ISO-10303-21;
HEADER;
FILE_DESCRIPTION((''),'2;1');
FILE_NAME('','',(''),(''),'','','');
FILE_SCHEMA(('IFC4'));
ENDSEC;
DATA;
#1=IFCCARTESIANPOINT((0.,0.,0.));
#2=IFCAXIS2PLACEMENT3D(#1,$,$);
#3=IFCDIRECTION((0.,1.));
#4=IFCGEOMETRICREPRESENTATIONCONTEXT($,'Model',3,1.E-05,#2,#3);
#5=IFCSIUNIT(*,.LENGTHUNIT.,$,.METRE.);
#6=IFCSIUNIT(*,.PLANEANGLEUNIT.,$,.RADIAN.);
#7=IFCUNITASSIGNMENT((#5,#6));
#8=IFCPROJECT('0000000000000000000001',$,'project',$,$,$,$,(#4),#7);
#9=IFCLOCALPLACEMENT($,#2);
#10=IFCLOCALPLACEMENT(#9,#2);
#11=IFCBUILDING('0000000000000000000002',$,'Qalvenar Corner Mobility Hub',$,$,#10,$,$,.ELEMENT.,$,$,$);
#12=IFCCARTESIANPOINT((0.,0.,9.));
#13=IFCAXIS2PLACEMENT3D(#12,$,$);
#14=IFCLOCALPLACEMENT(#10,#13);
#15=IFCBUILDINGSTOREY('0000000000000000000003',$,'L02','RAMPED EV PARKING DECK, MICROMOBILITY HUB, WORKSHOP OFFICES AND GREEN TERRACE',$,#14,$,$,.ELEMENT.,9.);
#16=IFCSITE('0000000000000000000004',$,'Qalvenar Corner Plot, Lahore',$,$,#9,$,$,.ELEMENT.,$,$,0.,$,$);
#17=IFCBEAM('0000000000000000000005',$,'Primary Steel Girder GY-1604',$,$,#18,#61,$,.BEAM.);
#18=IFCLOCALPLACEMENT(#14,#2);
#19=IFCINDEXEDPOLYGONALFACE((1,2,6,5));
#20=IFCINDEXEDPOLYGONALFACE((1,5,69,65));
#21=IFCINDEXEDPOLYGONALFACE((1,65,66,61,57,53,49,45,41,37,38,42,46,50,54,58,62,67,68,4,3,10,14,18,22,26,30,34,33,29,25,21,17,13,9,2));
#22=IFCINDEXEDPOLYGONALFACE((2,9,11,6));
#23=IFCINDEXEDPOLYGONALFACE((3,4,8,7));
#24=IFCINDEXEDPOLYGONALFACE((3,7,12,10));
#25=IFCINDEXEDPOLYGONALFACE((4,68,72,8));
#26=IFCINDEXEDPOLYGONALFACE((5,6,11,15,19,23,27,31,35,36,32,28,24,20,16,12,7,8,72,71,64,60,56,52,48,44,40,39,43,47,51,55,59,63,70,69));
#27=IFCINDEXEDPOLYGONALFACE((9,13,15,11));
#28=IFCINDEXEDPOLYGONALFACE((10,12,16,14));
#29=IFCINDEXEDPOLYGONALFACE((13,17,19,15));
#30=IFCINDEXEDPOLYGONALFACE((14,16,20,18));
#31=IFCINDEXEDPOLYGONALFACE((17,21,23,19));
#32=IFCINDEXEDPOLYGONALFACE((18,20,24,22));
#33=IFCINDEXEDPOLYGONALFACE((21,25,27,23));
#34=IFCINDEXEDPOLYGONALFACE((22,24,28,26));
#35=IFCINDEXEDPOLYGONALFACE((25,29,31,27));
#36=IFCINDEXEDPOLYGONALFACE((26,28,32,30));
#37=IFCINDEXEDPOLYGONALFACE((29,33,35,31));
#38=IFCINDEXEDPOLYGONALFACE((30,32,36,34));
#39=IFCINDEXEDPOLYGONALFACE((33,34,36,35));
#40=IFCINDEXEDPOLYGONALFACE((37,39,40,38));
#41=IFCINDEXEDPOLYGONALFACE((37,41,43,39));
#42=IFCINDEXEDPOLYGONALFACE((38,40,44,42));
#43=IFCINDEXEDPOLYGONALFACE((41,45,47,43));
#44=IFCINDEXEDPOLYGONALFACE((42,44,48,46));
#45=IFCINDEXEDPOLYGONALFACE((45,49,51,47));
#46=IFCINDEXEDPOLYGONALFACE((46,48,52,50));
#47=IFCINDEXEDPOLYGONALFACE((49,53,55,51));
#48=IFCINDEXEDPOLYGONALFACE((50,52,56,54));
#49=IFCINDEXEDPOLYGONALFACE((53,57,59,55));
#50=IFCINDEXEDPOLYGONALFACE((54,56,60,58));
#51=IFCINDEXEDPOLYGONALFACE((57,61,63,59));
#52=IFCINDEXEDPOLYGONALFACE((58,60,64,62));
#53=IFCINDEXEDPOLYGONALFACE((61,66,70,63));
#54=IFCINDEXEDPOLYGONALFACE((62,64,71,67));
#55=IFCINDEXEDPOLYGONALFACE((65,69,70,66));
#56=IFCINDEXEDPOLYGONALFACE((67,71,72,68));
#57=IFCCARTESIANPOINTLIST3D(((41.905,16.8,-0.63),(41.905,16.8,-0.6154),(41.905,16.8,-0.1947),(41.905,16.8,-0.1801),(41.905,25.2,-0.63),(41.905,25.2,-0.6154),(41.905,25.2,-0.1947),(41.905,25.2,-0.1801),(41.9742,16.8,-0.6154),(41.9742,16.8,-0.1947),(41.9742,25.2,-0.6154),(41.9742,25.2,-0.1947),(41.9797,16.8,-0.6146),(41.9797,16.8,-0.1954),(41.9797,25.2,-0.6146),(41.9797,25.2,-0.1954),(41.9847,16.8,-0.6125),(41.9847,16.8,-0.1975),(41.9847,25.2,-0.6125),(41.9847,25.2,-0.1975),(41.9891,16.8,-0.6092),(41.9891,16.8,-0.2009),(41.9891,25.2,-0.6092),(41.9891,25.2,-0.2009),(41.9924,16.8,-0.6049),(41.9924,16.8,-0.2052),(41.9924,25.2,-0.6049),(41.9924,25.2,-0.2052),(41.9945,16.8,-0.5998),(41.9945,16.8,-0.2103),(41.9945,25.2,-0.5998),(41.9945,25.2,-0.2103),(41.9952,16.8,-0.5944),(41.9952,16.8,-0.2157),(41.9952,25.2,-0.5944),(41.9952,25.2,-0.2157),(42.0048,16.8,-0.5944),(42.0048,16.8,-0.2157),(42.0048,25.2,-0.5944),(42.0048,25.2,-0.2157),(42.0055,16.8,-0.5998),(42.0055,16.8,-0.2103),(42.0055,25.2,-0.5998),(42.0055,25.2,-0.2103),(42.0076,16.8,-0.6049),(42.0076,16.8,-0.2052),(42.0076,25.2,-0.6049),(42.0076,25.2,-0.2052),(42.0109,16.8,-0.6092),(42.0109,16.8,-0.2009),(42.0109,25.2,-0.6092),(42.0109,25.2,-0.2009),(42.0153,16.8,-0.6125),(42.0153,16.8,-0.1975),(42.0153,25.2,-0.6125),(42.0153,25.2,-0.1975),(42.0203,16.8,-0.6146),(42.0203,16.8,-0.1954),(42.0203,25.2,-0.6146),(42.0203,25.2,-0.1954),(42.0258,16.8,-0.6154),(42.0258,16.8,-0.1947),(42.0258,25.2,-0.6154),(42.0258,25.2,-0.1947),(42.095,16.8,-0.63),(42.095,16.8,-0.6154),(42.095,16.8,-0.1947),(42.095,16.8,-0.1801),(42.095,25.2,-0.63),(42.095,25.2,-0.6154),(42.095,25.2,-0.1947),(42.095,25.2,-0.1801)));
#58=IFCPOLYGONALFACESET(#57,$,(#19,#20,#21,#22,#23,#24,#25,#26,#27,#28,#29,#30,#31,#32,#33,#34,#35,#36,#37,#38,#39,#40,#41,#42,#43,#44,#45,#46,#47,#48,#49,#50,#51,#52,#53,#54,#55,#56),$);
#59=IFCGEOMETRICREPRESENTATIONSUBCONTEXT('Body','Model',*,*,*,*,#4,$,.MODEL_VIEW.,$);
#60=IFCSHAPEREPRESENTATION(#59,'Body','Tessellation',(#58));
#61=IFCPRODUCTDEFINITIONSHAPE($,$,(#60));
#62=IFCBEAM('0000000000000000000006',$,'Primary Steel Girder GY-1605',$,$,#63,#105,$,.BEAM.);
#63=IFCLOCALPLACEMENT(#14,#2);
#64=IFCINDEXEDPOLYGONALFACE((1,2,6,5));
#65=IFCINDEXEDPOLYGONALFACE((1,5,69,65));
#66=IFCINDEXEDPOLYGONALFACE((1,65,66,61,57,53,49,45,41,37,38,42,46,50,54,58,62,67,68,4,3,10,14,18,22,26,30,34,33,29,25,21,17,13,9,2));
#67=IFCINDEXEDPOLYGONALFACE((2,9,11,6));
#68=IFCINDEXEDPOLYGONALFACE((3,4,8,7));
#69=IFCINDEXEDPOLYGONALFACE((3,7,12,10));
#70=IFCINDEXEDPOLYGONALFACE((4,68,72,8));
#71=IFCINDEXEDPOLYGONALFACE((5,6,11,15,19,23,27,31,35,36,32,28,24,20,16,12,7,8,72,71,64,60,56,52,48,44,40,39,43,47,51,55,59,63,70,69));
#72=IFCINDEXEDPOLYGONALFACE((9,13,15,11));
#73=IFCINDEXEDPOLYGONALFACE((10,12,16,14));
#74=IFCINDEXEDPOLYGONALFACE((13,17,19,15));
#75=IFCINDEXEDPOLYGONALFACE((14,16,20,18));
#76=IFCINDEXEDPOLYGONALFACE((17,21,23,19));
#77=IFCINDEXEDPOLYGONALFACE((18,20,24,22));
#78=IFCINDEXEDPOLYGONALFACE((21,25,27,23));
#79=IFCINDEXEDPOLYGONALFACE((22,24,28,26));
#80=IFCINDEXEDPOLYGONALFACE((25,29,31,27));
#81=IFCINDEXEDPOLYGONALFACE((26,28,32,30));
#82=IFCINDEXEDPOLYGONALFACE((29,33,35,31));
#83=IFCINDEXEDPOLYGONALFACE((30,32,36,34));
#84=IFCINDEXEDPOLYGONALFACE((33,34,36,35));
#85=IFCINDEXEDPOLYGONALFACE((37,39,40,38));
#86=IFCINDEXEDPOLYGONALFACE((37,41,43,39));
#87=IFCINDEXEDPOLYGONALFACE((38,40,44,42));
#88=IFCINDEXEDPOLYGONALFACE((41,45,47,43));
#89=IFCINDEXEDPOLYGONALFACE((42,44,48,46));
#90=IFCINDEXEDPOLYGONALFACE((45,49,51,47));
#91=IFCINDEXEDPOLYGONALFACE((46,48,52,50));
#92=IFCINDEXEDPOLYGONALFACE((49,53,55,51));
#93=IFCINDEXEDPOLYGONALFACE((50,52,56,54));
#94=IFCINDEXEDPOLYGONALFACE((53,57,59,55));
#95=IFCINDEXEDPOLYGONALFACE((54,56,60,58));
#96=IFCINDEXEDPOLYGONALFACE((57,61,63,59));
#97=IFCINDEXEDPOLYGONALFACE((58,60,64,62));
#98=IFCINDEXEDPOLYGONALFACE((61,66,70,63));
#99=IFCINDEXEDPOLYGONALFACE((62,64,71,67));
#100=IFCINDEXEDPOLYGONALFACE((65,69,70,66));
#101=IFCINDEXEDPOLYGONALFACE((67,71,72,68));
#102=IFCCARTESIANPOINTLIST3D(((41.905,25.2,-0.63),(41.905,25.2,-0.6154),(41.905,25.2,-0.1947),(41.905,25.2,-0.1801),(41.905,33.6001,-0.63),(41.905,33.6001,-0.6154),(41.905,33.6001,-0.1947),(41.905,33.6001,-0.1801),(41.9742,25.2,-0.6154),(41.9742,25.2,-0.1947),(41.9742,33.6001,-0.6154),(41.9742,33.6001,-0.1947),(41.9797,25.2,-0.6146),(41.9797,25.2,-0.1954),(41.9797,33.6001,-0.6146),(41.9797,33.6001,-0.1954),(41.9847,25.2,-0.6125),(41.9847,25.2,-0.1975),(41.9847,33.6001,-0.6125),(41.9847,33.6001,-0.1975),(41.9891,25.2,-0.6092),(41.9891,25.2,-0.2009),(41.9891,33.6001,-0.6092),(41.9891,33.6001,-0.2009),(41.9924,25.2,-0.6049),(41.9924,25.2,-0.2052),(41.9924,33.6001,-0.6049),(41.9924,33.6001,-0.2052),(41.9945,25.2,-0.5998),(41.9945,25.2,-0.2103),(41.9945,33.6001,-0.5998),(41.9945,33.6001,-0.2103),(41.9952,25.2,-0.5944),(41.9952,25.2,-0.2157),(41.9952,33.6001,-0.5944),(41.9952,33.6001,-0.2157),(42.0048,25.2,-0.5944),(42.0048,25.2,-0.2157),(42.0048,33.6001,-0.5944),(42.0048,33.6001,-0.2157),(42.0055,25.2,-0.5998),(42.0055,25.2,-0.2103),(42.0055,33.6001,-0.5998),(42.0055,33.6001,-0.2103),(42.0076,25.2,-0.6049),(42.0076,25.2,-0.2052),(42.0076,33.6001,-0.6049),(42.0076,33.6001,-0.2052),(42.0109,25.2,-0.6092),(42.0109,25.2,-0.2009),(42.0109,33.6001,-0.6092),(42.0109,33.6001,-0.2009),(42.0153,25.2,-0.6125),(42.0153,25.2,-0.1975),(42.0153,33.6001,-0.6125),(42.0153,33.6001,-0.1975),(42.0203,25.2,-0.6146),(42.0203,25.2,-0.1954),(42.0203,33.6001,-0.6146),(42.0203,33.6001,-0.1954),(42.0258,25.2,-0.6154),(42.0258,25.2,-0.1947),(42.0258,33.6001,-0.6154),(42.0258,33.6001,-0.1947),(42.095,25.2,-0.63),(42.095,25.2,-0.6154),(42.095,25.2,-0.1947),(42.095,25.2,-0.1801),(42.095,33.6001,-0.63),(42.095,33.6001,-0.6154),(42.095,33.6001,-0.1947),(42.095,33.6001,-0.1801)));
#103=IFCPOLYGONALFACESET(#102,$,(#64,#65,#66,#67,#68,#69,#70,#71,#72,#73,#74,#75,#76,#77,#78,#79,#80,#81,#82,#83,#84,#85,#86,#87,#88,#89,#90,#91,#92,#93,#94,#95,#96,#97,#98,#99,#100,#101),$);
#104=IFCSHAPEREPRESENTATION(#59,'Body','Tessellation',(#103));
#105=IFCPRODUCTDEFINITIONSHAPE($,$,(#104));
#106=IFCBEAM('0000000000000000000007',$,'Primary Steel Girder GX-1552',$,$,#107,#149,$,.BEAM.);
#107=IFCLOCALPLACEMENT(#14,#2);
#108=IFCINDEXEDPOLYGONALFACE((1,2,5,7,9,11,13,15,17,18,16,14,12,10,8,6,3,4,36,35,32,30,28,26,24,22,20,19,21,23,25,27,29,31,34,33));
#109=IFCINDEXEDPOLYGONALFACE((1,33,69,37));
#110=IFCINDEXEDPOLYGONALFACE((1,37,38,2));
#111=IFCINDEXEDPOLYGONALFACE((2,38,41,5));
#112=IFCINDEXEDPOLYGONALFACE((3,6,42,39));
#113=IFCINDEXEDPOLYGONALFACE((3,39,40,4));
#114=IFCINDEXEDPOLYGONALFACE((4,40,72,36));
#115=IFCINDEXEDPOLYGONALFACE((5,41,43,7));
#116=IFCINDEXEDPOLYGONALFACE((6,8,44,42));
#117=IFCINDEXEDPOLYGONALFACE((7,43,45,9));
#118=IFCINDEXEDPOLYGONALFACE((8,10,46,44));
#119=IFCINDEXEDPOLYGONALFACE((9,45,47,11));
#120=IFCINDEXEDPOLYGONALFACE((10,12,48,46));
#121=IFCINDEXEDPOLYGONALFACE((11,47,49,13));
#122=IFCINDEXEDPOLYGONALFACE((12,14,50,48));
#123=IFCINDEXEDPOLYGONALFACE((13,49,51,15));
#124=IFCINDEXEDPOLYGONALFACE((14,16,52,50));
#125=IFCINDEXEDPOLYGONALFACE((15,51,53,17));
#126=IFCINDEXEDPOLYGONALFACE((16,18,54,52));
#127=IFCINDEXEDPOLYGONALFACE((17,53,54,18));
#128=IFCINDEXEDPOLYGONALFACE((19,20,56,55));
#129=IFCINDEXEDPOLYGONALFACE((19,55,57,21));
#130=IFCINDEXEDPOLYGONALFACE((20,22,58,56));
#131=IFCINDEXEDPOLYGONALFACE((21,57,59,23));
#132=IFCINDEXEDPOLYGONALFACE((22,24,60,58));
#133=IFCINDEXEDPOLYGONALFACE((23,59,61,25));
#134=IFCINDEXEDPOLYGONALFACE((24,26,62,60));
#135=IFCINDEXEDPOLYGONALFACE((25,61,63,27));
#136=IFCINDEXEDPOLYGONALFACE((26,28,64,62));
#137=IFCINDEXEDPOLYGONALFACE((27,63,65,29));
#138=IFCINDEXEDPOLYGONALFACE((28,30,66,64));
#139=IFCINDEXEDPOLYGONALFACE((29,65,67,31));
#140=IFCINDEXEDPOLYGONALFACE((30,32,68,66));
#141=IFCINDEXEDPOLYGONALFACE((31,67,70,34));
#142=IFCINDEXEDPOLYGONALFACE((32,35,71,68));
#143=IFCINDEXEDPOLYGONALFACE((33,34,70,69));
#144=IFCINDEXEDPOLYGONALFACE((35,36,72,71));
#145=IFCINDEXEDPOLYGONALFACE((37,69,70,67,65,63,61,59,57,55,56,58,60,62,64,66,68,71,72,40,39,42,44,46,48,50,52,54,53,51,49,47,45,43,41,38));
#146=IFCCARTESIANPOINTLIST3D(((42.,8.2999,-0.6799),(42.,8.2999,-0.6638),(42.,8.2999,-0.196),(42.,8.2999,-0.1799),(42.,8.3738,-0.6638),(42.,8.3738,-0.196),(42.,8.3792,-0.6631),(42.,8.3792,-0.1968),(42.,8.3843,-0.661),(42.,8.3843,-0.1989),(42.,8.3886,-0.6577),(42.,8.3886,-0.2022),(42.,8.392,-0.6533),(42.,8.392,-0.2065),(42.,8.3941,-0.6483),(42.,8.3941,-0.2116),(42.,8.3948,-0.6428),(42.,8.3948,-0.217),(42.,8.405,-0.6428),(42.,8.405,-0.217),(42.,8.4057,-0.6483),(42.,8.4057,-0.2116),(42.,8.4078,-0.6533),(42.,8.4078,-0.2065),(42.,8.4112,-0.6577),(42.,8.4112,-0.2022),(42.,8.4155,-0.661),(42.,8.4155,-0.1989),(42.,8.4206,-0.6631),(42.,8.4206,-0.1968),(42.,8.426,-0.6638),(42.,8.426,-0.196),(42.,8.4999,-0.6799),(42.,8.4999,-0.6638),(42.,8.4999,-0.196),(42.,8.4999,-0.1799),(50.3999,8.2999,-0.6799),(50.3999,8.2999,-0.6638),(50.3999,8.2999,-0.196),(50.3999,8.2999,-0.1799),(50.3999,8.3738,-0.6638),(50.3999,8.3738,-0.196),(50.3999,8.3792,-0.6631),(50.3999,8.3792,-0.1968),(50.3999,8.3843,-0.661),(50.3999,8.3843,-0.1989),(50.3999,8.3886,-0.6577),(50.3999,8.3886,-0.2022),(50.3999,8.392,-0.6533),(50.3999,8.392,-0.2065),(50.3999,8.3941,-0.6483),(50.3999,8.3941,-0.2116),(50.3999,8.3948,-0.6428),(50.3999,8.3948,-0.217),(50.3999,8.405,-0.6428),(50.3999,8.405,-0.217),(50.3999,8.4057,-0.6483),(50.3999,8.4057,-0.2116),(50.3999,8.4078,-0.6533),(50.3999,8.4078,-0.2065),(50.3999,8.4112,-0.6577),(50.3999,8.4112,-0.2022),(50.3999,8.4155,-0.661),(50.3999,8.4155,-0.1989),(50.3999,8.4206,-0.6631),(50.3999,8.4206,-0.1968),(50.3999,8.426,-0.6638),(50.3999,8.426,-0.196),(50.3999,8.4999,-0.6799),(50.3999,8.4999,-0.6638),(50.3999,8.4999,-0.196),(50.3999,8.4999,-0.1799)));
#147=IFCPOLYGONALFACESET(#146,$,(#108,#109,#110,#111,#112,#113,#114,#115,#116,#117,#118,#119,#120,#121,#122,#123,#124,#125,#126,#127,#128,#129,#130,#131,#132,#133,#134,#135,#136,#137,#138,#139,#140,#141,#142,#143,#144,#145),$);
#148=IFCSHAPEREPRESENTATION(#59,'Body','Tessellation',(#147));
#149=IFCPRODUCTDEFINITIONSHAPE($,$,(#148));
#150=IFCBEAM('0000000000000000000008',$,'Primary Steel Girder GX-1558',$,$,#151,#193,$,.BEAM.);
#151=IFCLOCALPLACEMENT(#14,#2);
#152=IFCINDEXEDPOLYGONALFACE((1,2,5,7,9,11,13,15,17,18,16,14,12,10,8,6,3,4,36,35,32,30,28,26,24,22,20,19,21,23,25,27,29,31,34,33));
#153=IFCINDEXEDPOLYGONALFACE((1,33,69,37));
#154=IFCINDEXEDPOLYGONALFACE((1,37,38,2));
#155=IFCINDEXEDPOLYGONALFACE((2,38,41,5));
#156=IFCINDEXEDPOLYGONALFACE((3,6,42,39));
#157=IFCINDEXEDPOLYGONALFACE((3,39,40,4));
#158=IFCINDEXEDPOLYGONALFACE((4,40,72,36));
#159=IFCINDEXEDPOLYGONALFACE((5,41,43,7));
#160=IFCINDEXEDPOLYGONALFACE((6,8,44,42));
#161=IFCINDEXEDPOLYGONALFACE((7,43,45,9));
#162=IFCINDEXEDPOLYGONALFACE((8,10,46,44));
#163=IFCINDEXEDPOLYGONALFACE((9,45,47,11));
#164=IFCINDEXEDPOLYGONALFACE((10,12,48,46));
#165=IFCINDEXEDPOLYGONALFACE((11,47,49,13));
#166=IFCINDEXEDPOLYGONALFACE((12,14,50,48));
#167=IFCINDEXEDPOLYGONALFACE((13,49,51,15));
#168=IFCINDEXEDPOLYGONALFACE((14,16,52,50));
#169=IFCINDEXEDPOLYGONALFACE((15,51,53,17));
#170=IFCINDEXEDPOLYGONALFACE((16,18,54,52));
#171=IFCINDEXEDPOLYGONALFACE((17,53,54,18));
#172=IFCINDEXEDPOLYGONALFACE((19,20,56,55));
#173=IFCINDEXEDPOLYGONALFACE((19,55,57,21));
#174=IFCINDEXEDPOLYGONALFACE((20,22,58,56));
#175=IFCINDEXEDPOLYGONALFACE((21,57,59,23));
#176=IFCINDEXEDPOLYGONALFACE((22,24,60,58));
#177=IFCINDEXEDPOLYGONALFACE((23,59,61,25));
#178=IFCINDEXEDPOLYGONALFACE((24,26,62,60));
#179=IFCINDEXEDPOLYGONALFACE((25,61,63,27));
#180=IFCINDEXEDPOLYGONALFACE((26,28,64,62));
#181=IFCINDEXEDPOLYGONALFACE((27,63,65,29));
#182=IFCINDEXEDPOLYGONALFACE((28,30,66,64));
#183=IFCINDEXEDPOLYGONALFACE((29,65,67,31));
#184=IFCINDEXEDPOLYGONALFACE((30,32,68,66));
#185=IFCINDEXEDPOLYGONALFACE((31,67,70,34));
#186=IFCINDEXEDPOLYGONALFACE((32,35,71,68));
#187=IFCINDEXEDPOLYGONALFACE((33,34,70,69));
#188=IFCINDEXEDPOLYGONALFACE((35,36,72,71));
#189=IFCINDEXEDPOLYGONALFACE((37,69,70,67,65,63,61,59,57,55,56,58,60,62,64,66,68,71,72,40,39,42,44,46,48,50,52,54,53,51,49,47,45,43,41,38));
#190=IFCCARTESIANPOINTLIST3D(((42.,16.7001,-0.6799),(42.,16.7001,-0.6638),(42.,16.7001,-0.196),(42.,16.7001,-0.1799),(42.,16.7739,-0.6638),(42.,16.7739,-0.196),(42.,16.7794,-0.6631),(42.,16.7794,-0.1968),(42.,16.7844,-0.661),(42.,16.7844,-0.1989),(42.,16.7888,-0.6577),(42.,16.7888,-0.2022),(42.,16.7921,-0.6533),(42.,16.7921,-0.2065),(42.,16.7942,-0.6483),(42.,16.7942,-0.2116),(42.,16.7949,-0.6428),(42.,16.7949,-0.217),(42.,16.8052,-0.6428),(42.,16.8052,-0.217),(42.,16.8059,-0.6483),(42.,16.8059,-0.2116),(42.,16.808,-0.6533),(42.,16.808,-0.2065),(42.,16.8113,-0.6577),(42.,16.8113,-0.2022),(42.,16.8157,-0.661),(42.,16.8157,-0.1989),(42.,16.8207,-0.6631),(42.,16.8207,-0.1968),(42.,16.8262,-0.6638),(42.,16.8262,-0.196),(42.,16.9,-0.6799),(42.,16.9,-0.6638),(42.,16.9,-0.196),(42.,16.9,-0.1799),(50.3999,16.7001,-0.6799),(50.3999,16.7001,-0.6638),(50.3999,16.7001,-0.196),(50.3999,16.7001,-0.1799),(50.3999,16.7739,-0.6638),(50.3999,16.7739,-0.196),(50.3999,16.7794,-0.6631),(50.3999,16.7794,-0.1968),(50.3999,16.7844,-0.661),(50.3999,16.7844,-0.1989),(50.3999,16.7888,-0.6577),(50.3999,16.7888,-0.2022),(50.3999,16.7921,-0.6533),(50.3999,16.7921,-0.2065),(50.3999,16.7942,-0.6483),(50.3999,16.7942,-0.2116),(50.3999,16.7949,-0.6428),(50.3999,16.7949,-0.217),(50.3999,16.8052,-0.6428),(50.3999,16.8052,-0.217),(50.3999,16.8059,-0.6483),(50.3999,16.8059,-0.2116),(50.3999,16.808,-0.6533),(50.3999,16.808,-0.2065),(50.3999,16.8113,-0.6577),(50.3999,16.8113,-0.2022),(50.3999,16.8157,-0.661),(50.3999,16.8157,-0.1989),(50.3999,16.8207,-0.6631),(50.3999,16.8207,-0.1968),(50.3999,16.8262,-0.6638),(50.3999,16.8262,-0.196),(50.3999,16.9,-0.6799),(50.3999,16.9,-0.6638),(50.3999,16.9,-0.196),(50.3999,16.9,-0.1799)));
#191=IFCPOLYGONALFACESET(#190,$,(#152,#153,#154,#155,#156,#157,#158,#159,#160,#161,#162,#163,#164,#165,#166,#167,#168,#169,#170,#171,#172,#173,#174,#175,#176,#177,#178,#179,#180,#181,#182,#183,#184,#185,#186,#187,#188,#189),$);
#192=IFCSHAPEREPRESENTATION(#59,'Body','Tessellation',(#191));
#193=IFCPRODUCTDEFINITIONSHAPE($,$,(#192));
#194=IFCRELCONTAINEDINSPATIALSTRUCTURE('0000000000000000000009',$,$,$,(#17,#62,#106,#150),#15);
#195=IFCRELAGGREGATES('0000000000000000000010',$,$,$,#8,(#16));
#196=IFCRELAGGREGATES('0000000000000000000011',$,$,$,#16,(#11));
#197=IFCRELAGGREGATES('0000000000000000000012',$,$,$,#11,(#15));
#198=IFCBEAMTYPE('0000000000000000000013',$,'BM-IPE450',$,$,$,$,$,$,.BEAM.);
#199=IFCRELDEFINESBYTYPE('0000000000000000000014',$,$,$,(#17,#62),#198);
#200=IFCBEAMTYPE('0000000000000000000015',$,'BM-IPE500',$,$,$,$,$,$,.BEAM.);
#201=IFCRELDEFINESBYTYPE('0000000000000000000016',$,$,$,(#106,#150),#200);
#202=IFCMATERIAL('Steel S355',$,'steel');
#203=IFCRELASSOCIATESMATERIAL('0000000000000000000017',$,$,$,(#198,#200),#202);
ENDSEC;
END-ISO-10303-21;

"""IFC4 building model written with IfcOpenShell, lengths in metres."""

from ifc_helpers import new_model, si_unit, direction, frame, origin, origin_2d, place, context, subcontext, project, spatial, i_section, extrude, material, material_profile, profile_set, type_object, element, save


model = new_model("IFC4")

# Units and contexts
model_context = context("Model", 3, precision=1e-05, world=origin(), true_north=direction((0.0, 1.0)))
body_context = subcontext(model_context, "Body", "Model", "MODEL_VIEW")
ifc_project = project(units=[si_unit("LENGTHUNIT", "METRE"), si_unit("PLANEANGLEUNIT", "RADIAN")], contexts=[model_context])

# Site, building, storey
site_placement = place(None, origin())
site = spatial("IfcSite", under=ifc_project, at=site_placement, Name="Qalvenar Corner Plot, Lahore", CompositionType="ELEMENT", RefElevation=0.0)
building_placement = place(site_placement, origin())
building = spatial("IfcBuilding", under=site, at=building_placement, Name="Qalvenar Corner Mobility Hub", CompositionType="ELEMENT")
storey_placement = place(building_placement, frame((0.0, 0.0, 9.0)))
storey = spatial("IfcBuildingStorey", under=building, at=storey_placement, Name="L02", Description="RAMPED EV PARKING DECK, MICROMOBILITY HUB, WORKSHOP OFFICES AND GREEN TERRACE", CompositionType="ELEMENT", Elevation=9.0)

# Shared definitions
ifc_material_1 = material(Name="Steel S355", Category="steel")

# Beams
ifc_material_profile_1 = material_profile(ifc_material_1, i_section(OverallWidth=0.1899, OverallDepth=0.45, WebThickness=0.0095, FlangeThickness=0.0146, FilletRadius=0.021, at=origin_2d()), Name="IPE450")
ifc_profile_set_1 = profile_set([ifc_material_profile_1], Name="Steel S355")
beam_type_1 = type_object("IfcBeamType", Name="BM-IPE450", PredefinedType="BEAM", material=ifc_profile_set_1)
beam_1_placement = place(storey_placement, frame((42.0, 16.8, -0.405), z_axis=(0.0, 1.0, 0.0), x_axis=(-1.0, 0.0, 0.0)))
element("IfcBeam", 1, at=beam_1_placement, inside=storey, type_object=beam_type_1, Name="Primary Steel Girder GY-1604", PredefinedType="BEAM", context=body_context, shape_type="SweptSolid", body=[
    extrude(i_section(OverallWidth=0.1899, OverallDepth=0.45, WebThickness=0.0095, FlangeThickness=0.0146, FilletRadius=0.021, at=origin_2d()), origin(), (0.0, 0.0, 1.0), 8.3999),
])
beam_2_placement = place(storey_placement, frame((42.0, 25.2, -0.405), z_axis=(0.0, 1.0, 0.0), x_axis=(-1.0, 0.0, 0.0)))
element("IfcBeam", 2, at=beam_2_placement, inside=storey, type_object=beam_type_1, Name="Primary Steel Girder GY-1605", PredefinedType="BEAM", context=body_context, shape_type="SweptSolid", body=[
    extrude(i_section(OverallWidth=0.1899, OverallDepth=0.45, WebThickness=0.0095, FlangeThickness=0.0146, FilletRadius=0.021, at=origin_2d()), origin(), (0.0, 0.0, 1.0), 8.4001),
])
ifc_material_profile_2 = material_profile(ifc_material_1, i_section(OverallWidth=0.2, OverallDepth=0.5, WebThickness=0.0103, FlangeThickness=0.0161, FilletRadius=0.021, at=origin_2d()), Name="IPE500")
ifc_profile_set_2 = profile_set([ifc_material_profile_2], Name="Steel S355")
beam_type_2 = type_object("IfcBeamType", Name="BM-IPE500", PredefinedType="BEAM", material=ifc_profile_set_2)
for number, where, z_axis, x_axis, name in (
    (3, (42.0, 8.3999, -0.4299), (1.0, 0.0, 0.0), (0.0, 1.0, 0.0), "Primary Steel Girder GX-1552"),
    (4, (42.0, 16.8, -0.4299), (1.0, 0.0, 0.0), (0.0, 1.0, 0.0), "Primary Steel Girder GX-1558"),
):
    element("IfcBeam", number, at=place(storey_placement, frame(where, z_axis=z_axis, x_axis=x_axis)), inside=storey, type_object=beam_type_2, Name=name, PredefinedType="BEAM", context=body_context, shape_type="SweptSolid", body=[
        extrude(i_section(OverallWidth=0.2, OverallDepth=0.5, WebThickness=0.0103, FlangeThickness=0.0161, FilletRadius=0.021, at=origin_2d()), origin(), (0.0, 0.0, 1.0), 8.3999),
    ])

save(model, "model.ifc")
